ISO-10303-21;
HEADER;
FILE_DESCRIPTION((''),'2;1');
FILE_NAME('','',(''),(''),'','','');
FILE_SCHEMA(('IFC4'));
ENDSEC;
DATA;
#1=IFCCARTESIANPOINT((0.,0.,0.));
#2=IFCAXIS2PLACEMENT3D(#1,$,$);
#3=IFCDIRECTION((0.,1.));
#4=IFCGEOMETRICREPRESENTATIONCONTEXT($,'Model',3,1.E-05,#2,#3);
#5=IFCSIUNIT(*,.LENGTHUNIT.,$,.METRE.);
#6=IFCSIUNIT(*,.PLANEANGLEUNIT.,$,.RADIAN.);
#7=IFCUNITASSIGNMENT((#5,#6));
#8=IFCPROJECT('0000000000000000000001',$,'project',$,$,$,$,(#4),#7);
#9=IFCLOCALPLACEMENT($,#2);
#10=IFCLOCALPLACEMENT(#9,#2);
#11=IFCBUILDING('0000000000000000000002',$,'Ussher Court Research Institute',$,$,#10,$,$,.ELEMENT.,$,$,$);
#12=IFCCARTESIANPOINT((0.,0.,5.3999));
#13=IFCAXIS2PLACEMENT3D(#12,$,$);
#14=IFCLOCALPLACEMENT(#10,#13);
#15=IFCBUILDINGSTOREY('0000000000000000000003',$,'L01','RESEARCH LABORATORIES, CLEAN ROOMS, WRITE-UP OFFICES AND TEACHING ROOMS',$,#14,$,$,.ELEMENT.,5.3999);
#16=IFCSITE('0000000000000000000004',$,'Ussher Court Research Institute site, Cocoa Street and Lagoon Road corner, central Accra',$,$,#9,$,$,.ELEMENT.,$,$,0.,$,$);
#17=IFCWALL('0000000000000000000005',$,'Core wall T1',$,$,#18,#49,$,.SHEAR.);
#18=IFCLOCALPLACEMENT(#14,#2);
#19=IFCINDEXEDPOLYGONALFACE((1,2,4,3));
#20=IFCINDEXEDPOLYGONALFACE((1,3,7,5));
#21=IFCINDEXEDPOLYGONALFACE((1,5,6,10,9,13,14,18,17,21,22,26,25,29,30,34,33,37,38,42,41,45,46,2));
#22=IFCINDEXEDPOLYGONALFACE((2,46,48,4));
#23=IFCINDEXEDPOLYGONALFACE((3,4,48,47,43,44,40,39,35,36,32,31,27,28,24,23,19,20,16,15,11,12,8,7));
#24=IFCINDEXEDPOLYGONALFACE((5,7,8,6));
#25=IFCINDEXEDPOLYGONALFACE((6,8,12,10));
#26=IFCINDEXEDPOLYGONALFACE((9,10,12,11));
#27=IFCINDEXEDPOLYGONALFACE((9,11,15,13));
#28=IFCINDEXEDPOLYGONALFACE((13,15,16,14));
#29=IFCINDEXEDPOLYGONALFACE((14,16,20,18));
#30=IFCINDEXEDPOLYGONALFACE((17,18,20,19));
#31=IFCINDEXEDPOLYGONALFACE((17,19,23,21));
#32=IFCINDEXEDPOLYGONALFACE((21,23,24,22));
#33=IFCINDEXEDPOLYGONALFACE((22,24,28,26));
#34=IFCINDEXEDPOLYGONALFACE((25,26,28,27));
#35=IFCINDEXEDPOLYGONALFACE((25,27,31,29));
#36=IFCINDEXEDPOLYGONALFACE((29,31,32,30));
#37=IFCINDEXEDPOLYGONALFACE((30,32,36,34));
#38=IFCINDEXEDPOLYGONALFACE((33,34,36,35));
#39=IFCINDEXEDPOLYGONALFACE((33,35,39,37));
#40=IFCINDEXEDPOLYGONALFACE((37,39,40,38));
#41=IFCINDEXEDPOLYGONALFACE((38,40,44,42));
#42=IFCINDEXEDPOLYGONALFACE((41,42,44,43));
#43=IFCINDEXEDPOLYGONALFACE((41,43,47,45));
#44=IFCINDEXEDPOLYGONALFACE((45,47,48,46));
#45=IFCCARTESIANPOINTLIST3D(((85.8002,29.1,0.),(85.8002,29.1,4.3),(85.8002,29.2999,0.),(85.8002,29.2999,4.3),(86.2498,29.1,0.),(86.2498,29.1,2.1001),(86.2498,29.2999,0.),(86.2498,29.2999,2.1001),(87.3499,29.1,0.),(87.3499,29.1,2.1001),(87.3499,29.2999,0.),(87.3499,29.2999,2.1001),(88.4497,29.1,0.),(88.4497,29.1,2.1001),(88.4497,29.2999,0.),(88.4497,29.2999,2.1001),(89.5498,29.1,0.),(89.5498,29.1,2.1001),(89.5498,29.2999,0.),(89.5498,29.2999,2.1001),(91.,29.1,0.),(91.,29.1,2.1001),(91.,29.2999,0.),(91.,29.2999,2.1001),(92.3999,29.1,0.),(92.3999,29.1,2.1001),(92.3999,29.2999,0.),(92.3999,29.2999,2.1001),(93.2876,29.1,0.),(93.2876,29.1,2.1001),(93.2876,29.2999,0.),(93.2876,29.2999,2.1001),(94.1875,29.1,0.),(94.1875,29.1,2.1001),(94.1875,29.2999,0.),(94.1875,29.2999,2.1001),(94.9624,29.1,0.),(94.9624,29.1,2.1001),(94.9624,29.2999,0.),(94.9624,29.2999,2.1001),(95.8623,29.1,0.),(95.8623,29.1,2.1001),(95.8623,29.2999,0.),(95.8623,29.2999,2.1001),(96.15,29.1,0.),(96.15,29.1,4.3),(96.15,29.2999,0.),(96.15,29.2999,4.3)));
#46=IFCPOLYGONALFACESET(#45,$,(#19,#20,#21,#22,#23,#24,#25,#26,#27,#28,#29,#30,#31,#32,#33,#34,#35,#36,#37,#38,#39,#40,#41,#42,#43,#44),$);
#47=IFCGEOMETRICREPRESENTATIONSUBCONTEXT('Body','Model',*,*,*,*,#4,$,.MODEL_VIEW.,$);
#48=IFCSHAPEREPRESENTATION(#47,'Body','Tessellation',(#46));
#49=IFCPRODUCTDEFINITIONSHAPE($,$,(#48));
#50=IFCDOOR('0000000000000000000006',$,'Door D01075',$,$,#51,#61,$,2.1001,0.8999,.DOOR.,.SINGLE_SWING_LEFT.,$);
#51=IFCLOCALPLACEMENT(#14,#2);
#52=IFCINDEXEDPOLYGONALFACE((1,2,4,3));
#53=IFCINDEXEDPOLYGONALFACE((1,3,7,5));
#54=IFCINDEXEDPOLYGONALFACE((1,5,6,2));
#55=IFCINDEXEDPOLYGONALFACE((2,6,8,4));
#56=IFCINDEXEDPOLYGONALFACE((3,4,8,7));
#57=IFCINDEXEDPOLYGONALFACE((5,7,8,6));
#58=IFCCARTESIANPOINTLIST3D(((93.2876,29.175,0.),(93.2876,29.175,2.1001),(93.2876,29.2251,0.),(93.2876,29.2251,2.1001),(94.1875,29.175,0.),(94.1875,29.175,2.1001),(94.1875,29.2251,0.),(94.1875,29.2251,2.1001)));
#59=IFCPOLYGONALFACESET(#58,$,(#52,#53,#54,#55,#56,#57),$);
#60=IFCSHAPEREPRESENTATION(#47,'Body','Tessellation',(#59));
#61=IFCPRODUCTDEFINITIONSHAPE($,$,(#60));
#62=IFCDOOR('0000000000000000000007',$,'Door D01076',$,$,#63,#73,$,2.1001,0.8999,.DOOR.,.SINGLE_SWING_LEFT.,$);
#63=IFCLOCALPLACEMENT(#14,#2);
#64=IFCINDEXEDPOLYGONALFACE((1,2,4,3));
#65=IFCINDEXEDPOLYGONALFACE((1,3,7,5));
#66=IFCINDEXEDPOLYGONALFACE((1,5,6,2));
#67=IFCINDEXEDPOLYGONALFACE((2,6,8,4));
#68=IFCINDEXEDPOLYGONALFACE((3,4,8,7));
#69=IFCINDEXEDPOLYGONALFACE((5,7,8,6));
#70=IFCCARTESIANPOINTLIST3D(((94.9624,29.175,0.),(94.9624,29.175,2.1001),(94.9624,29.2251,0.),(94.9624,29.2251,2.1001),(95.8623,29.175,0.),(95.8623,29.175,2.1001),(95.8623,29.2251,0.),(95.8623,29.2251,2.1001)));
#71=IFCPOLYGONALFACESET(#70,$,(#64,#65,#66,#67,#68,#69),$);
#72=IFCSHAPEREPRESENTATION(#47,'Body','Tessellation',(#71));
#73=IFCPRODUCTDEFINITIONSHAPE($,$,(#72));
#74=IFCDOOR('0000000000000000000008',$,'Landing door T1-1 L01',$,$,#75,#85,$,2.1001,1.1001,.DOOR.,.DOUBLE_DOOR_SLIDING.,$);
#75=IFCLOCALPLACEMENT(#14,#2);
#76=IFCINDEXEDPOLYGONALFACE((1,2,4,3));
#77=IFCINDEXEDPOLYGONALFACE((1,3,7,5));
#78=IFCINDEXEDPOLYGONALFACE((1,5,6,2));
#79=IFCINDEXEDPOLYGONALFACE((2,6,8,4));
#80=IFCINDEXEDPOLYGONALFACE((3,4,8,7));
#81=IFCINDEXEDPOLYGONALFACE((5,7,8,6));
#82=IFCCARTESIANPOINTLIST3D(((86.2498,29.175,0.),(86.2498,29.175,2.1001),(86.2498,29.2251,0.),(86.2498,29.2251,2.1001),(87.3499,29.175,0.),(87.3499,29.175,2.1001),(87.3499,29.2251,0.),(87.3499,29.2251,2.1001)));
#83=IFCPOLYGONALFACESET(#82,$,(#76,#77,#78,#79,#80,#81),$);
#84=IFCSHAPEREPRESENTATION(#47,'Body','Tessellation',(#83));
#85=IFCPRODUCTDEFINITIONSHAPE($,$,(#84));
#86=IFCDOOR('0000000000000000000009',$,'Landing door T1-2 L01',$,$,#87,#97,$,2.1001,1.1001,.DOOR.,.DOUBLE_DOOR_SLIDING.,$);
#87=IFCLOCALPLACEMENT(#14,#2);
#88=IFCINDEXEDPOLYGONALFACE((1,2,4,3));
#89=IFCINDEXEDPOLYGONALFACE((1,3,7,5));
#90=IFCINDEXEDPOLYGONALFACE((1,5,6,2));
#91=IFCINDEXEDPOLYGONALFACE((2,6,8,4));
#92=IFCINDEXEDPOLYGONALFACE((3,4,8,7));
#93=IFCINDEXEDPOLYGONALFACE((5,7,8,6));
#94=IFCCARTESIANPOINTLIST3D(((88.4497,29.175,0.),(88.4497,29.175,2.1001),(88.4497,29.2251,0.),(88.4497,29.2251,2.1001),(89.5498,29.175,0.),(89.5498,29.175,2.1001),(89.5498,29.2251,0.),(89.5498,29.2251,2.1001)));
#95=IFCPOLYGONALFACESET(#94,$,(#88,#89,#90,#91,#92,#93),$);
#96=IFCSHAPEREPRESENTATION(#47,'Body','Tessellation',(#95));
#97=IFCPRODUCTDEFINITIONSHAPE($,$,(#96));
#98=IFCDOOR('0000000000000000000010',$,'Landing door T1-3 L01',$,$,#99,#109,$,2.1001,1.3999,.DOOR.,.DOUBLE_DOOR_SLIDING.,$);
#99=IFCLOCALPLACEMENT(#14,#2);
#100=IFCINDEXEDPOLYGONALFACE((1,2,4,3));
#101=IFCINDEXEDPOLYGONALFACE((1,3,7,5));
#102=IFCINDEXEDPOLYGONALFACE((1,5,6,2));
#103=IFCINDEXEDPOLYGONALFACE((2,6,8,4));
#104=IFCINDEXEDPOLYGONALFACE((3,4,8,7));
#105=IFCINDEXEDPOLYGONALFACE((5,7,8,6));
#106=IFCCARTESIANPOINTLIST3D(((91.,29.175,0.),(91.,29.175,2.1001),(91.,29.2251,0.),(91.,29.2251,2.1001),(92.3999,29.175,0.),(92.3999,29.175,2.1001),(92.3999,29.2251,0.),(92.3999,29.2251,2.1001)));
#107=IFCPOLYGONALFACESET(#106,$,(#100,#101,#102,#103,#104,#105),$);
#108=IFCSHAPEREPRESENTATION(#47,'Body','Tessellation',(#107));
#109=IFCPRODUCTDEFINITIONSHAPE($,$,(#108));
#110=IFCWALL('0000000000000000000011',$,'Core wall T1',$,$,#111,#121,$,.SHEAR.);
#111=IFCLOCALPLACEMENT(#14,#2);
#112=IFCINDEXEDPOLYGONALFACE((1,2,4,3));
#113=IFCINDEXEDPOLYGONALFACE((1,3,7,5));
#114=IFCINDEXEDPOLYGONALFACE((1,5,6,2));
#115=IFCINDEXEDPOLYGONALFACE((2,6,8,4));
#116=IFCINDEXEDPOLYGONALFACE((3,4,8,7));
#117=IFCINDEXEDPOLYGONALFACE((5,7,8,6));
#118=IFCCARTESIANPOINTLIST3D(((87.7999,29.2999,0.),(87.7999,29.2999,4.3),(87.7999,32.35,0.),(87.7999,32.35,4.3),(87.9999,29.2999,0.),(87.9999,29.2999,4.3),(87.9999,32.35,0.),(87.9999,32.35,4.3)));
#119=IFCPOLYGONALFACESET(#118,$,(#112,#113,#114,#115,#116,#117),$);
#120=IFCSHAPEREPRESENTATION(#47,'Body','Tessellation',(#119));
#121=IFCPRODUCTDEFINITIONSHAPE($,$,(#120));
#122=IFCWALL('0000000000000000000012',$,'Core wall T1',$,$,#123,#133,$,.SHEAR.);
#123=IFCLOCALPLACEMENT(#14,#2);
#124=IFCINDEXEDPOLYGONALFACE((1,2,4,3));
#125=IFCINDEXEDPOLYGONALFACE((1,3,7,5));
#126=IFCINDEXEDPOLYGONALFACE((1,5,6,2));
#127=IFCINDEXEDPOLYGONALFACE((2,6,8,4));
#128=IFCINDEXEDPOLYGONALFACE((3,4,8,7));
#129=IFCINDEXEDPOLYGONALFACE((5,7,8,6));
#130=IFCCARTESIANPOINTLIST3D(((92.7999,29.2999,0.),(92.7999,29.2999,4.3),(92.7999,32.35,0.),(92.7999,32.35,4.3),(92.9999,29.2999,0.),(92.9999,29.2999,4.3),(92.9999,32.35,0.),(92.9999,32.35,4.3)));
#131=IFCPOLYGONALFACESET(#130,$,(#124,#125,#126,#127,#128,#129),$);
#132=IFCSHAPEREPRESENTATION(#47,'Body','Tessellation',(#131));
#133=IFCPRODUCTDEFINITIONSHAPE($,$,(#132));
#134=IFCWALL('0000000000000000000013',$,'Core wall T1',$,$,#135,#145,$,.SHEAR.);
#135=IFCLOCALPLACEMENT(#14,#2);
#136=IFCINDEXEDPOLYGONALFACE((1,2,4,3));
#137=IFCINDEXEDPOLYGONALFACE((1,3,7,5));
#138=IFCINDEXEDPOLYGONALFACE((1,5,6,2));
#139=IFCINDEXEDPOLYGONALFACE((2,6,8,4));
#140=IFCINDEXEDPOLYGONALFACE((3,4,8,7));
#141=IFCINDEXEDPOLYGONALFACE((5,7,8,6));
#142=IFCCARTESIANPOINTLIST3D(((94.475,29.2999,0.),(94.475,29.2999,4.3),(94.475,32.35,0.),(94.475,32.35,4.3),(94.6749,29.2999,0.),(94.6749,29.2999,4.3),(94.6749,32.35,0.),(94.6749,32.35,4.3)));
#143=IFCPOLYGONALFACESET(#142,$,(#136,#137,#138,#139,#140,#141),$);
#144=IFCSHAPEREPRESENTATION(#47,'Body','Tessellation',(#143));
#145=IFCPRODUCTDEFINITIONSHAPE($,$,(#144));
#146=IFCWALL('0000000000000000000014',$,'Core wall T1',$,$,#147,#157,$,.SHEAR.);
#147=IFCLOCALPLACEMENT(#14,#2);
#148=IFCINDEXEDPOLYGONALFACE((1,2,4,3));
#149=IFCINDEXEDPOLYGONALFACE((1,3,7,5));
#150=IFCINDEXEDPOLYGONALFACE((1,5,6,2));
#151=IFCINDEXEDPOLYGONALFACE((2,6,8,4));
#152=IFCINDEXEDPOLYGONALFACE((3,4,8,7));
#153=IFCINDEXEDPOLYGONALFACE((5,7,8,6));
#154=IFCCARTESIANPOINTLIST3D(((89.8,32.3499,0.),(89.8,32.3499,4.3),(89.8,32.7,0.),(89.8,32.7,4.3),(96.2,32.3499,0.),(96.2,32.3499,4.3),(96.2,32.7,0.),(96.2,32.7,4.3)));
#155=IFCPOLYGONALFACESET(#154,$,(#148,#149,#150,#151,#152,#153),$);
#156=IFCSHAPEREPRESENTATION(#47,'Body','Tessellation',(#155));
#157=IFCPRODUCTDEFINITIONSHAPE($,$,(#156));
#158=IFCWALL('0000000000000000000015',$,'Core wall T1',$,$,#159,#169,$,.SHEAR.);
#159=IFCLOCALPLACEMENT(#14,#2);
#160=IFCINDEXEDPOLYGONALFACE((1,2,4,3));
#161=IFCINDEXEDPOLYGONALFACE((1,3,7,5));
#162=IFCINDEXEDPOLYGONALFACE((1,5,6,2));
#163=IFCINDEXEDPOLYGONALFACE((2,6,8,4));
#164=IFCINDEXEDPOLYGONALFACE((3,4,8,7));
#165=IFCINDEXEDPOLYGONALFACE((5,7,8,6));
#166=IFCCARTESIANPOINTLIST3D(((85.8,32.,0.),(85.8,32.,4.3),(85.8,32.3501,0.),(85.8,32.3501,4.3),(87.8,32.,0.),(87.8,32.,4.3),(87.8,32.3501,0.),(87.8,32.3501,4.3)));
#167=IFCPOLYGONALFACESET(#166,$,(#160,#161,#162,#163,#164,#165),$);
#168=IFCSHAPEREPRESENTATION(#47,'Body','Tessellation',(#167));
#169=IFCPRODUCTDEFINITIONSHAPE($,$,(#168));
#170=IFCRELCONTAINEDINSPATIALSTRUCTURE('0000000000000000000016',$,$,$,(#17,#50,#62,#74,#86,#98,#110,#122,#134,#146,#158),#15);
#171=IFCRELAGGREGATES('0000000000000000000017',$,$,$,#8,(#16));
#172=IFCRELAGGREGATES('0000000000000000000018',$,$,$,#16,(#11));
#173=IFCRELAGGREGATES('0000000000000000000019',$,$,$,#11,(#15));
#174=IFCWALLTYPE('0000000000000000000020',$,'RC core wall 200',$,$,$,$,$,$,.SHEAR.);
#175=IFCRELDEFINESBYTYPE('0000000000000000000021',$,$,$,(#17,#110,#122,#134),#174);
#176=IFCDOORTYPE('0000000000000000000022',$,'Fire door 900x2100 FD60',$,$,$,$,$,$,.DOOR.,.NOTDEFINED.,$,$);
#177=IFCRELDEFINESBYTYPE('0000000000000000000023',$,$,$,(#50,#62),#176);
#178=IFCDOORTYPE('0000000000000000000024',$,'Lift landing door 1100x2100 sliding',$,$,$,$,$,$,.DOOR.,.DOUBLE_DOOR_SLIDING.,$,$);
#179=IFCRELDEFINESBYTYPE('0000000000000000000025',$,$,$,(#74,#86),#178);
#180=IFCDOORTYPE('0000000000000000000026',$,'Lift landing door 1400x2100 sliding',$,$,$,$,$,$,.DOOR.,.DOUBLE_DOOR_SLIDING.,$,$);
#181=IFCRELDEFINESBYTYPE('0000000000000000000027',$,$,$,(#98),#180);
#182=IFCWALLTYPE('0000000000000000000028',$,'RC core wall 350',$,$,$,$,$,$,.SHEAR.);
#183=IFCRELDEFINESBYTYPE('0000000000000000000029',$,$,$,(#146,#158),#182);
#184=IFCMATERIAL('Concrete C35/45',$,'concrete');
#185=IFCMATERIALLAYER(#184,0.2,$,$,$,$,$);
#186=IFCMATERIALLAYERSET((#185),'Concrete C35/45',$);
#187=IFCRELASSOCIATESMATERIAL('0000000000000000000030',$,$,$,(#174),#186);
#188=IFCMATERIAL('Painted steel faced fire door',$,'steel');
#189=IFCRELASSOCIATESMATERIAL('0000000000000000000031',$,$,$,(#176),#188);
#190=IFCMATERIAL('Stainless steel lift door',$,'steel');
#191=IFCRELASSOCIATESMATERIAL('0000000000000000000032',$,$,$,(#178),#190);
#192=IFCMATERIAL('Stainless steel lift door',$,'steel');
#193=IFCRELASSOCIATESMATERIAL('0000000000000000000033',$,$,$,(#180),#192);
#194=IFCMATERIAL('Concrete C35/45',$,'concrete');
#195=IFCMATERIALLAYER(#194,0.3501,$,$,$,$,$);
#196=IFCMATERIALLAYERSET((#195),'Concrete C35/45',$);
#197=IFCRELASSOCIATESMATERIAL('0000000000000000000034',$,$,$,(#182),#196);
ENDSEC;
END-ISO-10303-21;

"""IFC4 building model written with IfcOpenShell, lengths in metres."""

from ifc_helpers import new_model, si_unit, direction, frame, frame_2d, origin, place, context, subcontext, project, spatial, rectangle, extrude, material, layer, layer_set, type_object, element, fill, save


model = new_model("IFC4")

# Units and contexts
model_context = context("Model", 3, precision=1e-05, world=origin(), true_north=direction((0.0, 1.0)))
body_context = subcontext(model_context, "Body", "Model", "MODEL_VIEW")
ifc_project = project(units=[si_unit("LENGTHUNIT", "METRE"), si_unit("PLANEANGLEUNIT", "RADIAN")], contexts=[model_context])

# Site, building, storey
site_placement = place(None, origin())
site = spatial("IfcSite", under=ifc_project, at=site_placement, Name="Ussher Court Research Institute site, Cocoa Street and Lagoon Road corner, central Accra", CompositionType="ELEMENT", RefElevation=0.0)
building_placement = place(site_placement, origin())
building = spatial("IfcBuilding", under=site, at=building_placement, Name="Ussher Court Research Institute", CompositionType="ELEMENT")
storey_placement = place(building_placement, frame((0.0, 0.0, 5.3999)))
storey = spatial("IfcBuildingStorey", under=building, at=storey_placement, Name="L01", Description="RESEARCH LABORATORIES, CLEAN ROOMS, WRITE-UP OFFICES AND TEACHING ROOMS", CompositionType="ELEMENT", Elevation=5.3999)

# Wall, openings, doors
ifc_material_1 = material(Name="Concrete C35/45", Category="concrete")
ifc_layer_1 = layer(ifc_material_1, 0.2)
ifc_layer_set_1 = layer_set([ifc_layer_1], Name="Concrete C35/45")
wall_type_1 = type_object("IfcWallType", Name="RC core wall 200", PredefinedType="SHEAR", material=ifc_layer_set_1)
wall_1_placement = place(storey_placement, frame((96.1499, 29.2, 0.0), z_axis=(0.0, 0.0, 1.0), x_axis=(-1.0, 0.0, 0.0)))
wall_1 = element("IfcWall", 1, at=wall_1_placement, inside=storey, type_object=wall_type_1, Name="Core wall T1", PredefinedType="SHEAR", context=body_context, shape_type="SweptSolid", body=[
    extrude(rectangle(XDim=10.3499, YDim=0.2, at=frame_2d((5.1748, 0.0))), origin(), (0.0, 0.0, 1.0), 4.3),
])
opening_1_placement = place(wall_1_placement, frame((8.8, 0.0, 0.0)))
opening_1 = element("IfcOpeningElement", 2, at=opening_1_placement, cuts=wall_1, PredefinedType="OPENING", context=body_context, shape_type="SweptSolid", body=[
    extrude(rectangle(XDim=1.1001, YDim=2.1001, at=frame_2d((0.55, 1.05))), frame((0.0, 0.1099, 0.0), z_axis=(0.0, -1.0, 0.0), x_axis=(1.0, 0.0, 0.0)), (0.0, 0.0, 1.0), 0.22),
])
opening_2_placement = place(wall_1_placement, frame((6.6001, 0.0, 0.0)))
opening_2 = element("IfcOpeningElement", 3, at=opening_2_placement, cuts=wall_1, PredefinedType="OPENING", context=body_context, shape_type="SweptSolid", body=[
    extrude(rectangle(XDim=1.1001, YDim=2.1001, at=frame_2d((0.55, 1.05))), frame((0.0, 0.1099, 0.0), z_axis=(0.0, -1.0, 0.0), x_axis=(1.0, 0.0, 0.0)), (0.0, 0.0, 1.0), 0.22),
])
opening_3_placement = place(wall_1_placement, frame((3.75, 0.0, 0.0)))
opening_3 = element("IfcOpeningElement", 4, at=opening_3_placement, cuts=wall_1, PredefinedType="OPENING", context=body_context, shape_type="SweptSolid", body=[
    extrude(rectangle(XDim=1.3999, YDim=2.1001, at=frame_2d((0.7, 1.05))), frame((0.0, 0.1099, 0.0), z_axis=(0.0, -1.0, 0.0), x_axis=(1.0, 0.0, 0.0)), (0.0, 0.0, 1.0), 0.22),
])
opening_4_placement = place(wall_1_placement, frame((1.9624, 0.0, 0.0)))
opening_4 = element("IfcOpeningElement", 5, at=opening_4_placement, cuts=wall_1, PredefinedType="OPENING", context=body_context, shape_type="SweptSolid", body=[
    extrude(rectangle(XDim=0.8999, YDim=2.1001, at=frame_2d((0.45, 1.05))), frame((0.0, 0.1099, 0.0), z_axis=(0.0, -1.0, 0.0), x_axis=(1.0, 0.0, 0.0)), (0.0, 0.0, 1.0), 0.22),
])
opening_5_placement = place(wall_1_placement, frame((0.2876, 0.0, 0.0)))
opening_5 = element("IfcOpeningElement", 6, at=opening_5_placement, cuts=wall_1, PredefinedType="OPENING", context=body_context, shape_type="SweptSolid", body=[
    extrude(rectangle(XDim=0.8999, YDim=2.1001, at=frame_2d((0.45, 1.05))), frame((0.0, 0.1099, 0.0), z_axis=(0.0, -1.0, 0.0), x_axis=(1.0, 0.0, 0.0)), (0.0, 0.0, 1.0), 0.22),
])
ifc_material_2 = material(Name="Painted steel faced fire door", Category="steel")
door_type_1 = type_object("IfcDoorType", Name="Fire door 900x2100 FD60", OperationType="NOTDEFINED", PredefinedType="DOOR", material=ifc_material_2)
door_1_placement = place(opening_4_placement, origin())
door_1 = element("IfcDoor", 7, at=door_1_placement, inside=storey, type_object=door_type_1, Name="Door D01075", OperationType="SINGLE_SWING_LEFT", OverallHeight=2.1001, OverallWidth=0.8999, PredefinedType="DOOR", context=body_context, shape_type="SweptSolid", body=[
    extrude(rectangle(XDim=0.8999, YDim=2.1001, at=frame_2d((0.45, 1.05))), frame((0.0, 0.0249, 0.0), z_axis=(0.0, -1.0, 0.0), x_axis=(1.0, 0.0, 0.0)), (0.0, 0.0, 1.0), 0.05),
])
fill(opening_4, door_1)
door_2_placement = place(opening_5_placement, origin())
door_2 = element("IfcDoor", 8, at=door_2_placement, inside=storey, type_object=door_type_1, Name="Door D01076", OperationType="SINGLE_SWING_LEFT", OverallHeight=2.1001, OverallWidth=0.8999, PredefinedType="DOOR", context=body_context, shape_type="SweptSolid", body=[
    extrude(rectangle(XDim=0.8999, YDim=2.1001, at=frame_2d((0.45, 1.05))), frame((0.0, 0.0249, 0.0), z_axis=(0.0, -1.0, 0.0), x_axis=(1.0, 0.0, 0.0)), (0.0, 0.0, 1.0), 0.05),
])
fill(opening_5, door_2)
ifc_material_3 = material(Name="Stainless steel lift door", Category="steel")
door_type_2 = type_object("IfcDoorType", Name="Lift landing door 1100x2100 sliding", OperationType="DOUBLE_DOOR_SLIDING", PredefinedType="DOOR", material=ifc_material_3)
door_3_placement = place(opening_1_placement, origin())
door_3 = element("IfcDoor", 9, at=door_3_placement, inside=storey, type_object=door_type_2, Name="Landing door T1-1 L01", OperationType="DOUBLE_DOOR_SLIDING", OverallHeight=2.1001, OverallWidth=1.1001, PredefinedType="DOOR", context=body_context, shape_type="SweptSolid", body=[
    extrude(rectangle(XDim=1.1001, YDim=2.1001, at=frame_2d((0.55, 1.05))), frame((0.0, 0.0249, 0.0), z_axis=(0.0, -1.0, 0.0), x_axis=(1.0, 0.0, 0.0)), (0.0, 0.0, 1.0), 0.05),
])
fill(opening_1, door_3)
door_4_placement = place(opening_2_placement, origin())
door_4 = element("IfcDoor", 10, at=door_4_placement, inside=storey, type_object=door_type_2, Name="Landing door T1-2 L01", OperationType="DOUBLE_DOOR_SLIDING", OverallHeight=2.1001, OverallWidth=1.1001, PredefinedType="DOOR", context=body_context, shape_type="SweptSolid", body=[
    extrude(rectangle(XDim=1.1001, YDim=2.1001, at=frame_2d((0.55, 1.05))), frame((0.0, 0.0249, 0.0), z_axis=(0.0, -1.0, 0.0), x_axis=(1.0, 0.0, 0.0)), (0.0, 0.0, 1.0), 0.05),
])
fill(opening_2, door_4)
ifc_material_4 = material(Name="Stainless steel lift door", Category="steel")
door_type_3 = type_object("IfcDoorType", Name="Lift landing door 1400x2100 sliding", OperationType="DOUBLE_DOOR_SLIDING", PredefinedType="DOOR", material=ifc_material_4)
door_5_placement = place(opening_3_placement, origin())
door_5 = element("IfcDoor", 11, at=door_5_placement, inside=storey, type_object=door_type_3, Name="Landing door T1-3 L01", OperationType="DOUBLE_DOOR_SLIDING", OverallHeight=2.1001, OverallWidth=1.3999, PredefinedType="DOOR", context=body_context, shape_type="SweptSolid", body=[
    extrude(rectangle(XDim=1.3999, YDim=2.1001, at=frame_2d((0.7, 1.05))), frame((0.0, 0.0249, 0.0), z_axis=(0.0, -1.0, 0.0), x_axis=(1.0, 0.0, 0.0)), (0.0, 0.0, 1.0), 0.05),
])
fill(opening_3, door_5)

# Walls
for number, where, z_axis, x_axis, name in (
    (12, (87.8999, 29.3, 0.0), (0.0, 0.0, 1.0), (0.0, 1.0, 0.0), "Core wall T1"),
    (13, (92.8999, 29.3, 0.0), (0.0, 0.0, 1.0), (0.0, 1.0, 0.0), "Core wall T1"),
    (14, (94.575, 29.3, 0.0), (0.0, 0.0, 1.0), (0.0, 1.0, 0.0), "Core wall T1"),
):
    element("IfcWall", number, at=place(storey_placement, frame(where, z_axis=z_axis, x_axis=x_axis)), inside=storey, type_object=wall_type_1, Name=name, PredefinedType="SHEAR", context=body_context, shape_type="SweptSolid", body=[
        extrude(rectangle(XDim=3.05, YDim=0.2, at=frame_2d((1.5249, 0.0))), origin(), (0.0, 0.0, 1.0), 4.3),
    ])
ifc_material_5 = material(Name="Concrete C35/45", Category="concrete")
ifc_layer_2 = layer(ifc_material_5, 0.3501)
ifc_layer_set_2 = layer_set([ifc_layer_2], Name="Concrete C35/45")
wall_type_2 = type_object("IfcWallType", Name="RC core wall 350", PredefinedType="SHEAR", material=ifc_layer_set_2)
wall_2_placement = place(storey_placement, frame((89.8, 32.5249, 0.0), z_axis=(0.0, 0.0, 1.0), x_axis=(1.0, 0.0, 0.0)))
element("IfcWall", 15, at=wall_2_placement, inside=storey, type_object=wall_type_2, Name="Core wall T1", PredefinedType="SHEAR", context=body_context, shape_type="SweptSolid", body=[
    extrude(rectangle(XDim=6.3999, YDim=0.3501, at=frame_2d((3.2, 0.0))), origin(), (0.0, 0.0, 1.0), 4.3),
])
for number, where, z_axis, x_axis, name in (
    (16, (85.8, 32.175, 0.0), (0.0, 0.0, 1.0), (1.0, 0.0, 0.0), "Core wall T1"),
):
    element("IfcWall", number, at=place(storey_placement, frame(where, z_axis=z_axis, x_axis=x_axis)), inside=storey, type_object=wall_type_2, Name=name, PredefinedType="SHEAR", context=body_context, shape_type="SweptSolid", body=[
        extrude(rectangle(XDim=2.0, YDim=0.3501, at=frame_2d((1.0, 0.0))), origin(), (0.0, 0.0, 1.0), 4.3),
    ])

save(model, "model.ifc")
